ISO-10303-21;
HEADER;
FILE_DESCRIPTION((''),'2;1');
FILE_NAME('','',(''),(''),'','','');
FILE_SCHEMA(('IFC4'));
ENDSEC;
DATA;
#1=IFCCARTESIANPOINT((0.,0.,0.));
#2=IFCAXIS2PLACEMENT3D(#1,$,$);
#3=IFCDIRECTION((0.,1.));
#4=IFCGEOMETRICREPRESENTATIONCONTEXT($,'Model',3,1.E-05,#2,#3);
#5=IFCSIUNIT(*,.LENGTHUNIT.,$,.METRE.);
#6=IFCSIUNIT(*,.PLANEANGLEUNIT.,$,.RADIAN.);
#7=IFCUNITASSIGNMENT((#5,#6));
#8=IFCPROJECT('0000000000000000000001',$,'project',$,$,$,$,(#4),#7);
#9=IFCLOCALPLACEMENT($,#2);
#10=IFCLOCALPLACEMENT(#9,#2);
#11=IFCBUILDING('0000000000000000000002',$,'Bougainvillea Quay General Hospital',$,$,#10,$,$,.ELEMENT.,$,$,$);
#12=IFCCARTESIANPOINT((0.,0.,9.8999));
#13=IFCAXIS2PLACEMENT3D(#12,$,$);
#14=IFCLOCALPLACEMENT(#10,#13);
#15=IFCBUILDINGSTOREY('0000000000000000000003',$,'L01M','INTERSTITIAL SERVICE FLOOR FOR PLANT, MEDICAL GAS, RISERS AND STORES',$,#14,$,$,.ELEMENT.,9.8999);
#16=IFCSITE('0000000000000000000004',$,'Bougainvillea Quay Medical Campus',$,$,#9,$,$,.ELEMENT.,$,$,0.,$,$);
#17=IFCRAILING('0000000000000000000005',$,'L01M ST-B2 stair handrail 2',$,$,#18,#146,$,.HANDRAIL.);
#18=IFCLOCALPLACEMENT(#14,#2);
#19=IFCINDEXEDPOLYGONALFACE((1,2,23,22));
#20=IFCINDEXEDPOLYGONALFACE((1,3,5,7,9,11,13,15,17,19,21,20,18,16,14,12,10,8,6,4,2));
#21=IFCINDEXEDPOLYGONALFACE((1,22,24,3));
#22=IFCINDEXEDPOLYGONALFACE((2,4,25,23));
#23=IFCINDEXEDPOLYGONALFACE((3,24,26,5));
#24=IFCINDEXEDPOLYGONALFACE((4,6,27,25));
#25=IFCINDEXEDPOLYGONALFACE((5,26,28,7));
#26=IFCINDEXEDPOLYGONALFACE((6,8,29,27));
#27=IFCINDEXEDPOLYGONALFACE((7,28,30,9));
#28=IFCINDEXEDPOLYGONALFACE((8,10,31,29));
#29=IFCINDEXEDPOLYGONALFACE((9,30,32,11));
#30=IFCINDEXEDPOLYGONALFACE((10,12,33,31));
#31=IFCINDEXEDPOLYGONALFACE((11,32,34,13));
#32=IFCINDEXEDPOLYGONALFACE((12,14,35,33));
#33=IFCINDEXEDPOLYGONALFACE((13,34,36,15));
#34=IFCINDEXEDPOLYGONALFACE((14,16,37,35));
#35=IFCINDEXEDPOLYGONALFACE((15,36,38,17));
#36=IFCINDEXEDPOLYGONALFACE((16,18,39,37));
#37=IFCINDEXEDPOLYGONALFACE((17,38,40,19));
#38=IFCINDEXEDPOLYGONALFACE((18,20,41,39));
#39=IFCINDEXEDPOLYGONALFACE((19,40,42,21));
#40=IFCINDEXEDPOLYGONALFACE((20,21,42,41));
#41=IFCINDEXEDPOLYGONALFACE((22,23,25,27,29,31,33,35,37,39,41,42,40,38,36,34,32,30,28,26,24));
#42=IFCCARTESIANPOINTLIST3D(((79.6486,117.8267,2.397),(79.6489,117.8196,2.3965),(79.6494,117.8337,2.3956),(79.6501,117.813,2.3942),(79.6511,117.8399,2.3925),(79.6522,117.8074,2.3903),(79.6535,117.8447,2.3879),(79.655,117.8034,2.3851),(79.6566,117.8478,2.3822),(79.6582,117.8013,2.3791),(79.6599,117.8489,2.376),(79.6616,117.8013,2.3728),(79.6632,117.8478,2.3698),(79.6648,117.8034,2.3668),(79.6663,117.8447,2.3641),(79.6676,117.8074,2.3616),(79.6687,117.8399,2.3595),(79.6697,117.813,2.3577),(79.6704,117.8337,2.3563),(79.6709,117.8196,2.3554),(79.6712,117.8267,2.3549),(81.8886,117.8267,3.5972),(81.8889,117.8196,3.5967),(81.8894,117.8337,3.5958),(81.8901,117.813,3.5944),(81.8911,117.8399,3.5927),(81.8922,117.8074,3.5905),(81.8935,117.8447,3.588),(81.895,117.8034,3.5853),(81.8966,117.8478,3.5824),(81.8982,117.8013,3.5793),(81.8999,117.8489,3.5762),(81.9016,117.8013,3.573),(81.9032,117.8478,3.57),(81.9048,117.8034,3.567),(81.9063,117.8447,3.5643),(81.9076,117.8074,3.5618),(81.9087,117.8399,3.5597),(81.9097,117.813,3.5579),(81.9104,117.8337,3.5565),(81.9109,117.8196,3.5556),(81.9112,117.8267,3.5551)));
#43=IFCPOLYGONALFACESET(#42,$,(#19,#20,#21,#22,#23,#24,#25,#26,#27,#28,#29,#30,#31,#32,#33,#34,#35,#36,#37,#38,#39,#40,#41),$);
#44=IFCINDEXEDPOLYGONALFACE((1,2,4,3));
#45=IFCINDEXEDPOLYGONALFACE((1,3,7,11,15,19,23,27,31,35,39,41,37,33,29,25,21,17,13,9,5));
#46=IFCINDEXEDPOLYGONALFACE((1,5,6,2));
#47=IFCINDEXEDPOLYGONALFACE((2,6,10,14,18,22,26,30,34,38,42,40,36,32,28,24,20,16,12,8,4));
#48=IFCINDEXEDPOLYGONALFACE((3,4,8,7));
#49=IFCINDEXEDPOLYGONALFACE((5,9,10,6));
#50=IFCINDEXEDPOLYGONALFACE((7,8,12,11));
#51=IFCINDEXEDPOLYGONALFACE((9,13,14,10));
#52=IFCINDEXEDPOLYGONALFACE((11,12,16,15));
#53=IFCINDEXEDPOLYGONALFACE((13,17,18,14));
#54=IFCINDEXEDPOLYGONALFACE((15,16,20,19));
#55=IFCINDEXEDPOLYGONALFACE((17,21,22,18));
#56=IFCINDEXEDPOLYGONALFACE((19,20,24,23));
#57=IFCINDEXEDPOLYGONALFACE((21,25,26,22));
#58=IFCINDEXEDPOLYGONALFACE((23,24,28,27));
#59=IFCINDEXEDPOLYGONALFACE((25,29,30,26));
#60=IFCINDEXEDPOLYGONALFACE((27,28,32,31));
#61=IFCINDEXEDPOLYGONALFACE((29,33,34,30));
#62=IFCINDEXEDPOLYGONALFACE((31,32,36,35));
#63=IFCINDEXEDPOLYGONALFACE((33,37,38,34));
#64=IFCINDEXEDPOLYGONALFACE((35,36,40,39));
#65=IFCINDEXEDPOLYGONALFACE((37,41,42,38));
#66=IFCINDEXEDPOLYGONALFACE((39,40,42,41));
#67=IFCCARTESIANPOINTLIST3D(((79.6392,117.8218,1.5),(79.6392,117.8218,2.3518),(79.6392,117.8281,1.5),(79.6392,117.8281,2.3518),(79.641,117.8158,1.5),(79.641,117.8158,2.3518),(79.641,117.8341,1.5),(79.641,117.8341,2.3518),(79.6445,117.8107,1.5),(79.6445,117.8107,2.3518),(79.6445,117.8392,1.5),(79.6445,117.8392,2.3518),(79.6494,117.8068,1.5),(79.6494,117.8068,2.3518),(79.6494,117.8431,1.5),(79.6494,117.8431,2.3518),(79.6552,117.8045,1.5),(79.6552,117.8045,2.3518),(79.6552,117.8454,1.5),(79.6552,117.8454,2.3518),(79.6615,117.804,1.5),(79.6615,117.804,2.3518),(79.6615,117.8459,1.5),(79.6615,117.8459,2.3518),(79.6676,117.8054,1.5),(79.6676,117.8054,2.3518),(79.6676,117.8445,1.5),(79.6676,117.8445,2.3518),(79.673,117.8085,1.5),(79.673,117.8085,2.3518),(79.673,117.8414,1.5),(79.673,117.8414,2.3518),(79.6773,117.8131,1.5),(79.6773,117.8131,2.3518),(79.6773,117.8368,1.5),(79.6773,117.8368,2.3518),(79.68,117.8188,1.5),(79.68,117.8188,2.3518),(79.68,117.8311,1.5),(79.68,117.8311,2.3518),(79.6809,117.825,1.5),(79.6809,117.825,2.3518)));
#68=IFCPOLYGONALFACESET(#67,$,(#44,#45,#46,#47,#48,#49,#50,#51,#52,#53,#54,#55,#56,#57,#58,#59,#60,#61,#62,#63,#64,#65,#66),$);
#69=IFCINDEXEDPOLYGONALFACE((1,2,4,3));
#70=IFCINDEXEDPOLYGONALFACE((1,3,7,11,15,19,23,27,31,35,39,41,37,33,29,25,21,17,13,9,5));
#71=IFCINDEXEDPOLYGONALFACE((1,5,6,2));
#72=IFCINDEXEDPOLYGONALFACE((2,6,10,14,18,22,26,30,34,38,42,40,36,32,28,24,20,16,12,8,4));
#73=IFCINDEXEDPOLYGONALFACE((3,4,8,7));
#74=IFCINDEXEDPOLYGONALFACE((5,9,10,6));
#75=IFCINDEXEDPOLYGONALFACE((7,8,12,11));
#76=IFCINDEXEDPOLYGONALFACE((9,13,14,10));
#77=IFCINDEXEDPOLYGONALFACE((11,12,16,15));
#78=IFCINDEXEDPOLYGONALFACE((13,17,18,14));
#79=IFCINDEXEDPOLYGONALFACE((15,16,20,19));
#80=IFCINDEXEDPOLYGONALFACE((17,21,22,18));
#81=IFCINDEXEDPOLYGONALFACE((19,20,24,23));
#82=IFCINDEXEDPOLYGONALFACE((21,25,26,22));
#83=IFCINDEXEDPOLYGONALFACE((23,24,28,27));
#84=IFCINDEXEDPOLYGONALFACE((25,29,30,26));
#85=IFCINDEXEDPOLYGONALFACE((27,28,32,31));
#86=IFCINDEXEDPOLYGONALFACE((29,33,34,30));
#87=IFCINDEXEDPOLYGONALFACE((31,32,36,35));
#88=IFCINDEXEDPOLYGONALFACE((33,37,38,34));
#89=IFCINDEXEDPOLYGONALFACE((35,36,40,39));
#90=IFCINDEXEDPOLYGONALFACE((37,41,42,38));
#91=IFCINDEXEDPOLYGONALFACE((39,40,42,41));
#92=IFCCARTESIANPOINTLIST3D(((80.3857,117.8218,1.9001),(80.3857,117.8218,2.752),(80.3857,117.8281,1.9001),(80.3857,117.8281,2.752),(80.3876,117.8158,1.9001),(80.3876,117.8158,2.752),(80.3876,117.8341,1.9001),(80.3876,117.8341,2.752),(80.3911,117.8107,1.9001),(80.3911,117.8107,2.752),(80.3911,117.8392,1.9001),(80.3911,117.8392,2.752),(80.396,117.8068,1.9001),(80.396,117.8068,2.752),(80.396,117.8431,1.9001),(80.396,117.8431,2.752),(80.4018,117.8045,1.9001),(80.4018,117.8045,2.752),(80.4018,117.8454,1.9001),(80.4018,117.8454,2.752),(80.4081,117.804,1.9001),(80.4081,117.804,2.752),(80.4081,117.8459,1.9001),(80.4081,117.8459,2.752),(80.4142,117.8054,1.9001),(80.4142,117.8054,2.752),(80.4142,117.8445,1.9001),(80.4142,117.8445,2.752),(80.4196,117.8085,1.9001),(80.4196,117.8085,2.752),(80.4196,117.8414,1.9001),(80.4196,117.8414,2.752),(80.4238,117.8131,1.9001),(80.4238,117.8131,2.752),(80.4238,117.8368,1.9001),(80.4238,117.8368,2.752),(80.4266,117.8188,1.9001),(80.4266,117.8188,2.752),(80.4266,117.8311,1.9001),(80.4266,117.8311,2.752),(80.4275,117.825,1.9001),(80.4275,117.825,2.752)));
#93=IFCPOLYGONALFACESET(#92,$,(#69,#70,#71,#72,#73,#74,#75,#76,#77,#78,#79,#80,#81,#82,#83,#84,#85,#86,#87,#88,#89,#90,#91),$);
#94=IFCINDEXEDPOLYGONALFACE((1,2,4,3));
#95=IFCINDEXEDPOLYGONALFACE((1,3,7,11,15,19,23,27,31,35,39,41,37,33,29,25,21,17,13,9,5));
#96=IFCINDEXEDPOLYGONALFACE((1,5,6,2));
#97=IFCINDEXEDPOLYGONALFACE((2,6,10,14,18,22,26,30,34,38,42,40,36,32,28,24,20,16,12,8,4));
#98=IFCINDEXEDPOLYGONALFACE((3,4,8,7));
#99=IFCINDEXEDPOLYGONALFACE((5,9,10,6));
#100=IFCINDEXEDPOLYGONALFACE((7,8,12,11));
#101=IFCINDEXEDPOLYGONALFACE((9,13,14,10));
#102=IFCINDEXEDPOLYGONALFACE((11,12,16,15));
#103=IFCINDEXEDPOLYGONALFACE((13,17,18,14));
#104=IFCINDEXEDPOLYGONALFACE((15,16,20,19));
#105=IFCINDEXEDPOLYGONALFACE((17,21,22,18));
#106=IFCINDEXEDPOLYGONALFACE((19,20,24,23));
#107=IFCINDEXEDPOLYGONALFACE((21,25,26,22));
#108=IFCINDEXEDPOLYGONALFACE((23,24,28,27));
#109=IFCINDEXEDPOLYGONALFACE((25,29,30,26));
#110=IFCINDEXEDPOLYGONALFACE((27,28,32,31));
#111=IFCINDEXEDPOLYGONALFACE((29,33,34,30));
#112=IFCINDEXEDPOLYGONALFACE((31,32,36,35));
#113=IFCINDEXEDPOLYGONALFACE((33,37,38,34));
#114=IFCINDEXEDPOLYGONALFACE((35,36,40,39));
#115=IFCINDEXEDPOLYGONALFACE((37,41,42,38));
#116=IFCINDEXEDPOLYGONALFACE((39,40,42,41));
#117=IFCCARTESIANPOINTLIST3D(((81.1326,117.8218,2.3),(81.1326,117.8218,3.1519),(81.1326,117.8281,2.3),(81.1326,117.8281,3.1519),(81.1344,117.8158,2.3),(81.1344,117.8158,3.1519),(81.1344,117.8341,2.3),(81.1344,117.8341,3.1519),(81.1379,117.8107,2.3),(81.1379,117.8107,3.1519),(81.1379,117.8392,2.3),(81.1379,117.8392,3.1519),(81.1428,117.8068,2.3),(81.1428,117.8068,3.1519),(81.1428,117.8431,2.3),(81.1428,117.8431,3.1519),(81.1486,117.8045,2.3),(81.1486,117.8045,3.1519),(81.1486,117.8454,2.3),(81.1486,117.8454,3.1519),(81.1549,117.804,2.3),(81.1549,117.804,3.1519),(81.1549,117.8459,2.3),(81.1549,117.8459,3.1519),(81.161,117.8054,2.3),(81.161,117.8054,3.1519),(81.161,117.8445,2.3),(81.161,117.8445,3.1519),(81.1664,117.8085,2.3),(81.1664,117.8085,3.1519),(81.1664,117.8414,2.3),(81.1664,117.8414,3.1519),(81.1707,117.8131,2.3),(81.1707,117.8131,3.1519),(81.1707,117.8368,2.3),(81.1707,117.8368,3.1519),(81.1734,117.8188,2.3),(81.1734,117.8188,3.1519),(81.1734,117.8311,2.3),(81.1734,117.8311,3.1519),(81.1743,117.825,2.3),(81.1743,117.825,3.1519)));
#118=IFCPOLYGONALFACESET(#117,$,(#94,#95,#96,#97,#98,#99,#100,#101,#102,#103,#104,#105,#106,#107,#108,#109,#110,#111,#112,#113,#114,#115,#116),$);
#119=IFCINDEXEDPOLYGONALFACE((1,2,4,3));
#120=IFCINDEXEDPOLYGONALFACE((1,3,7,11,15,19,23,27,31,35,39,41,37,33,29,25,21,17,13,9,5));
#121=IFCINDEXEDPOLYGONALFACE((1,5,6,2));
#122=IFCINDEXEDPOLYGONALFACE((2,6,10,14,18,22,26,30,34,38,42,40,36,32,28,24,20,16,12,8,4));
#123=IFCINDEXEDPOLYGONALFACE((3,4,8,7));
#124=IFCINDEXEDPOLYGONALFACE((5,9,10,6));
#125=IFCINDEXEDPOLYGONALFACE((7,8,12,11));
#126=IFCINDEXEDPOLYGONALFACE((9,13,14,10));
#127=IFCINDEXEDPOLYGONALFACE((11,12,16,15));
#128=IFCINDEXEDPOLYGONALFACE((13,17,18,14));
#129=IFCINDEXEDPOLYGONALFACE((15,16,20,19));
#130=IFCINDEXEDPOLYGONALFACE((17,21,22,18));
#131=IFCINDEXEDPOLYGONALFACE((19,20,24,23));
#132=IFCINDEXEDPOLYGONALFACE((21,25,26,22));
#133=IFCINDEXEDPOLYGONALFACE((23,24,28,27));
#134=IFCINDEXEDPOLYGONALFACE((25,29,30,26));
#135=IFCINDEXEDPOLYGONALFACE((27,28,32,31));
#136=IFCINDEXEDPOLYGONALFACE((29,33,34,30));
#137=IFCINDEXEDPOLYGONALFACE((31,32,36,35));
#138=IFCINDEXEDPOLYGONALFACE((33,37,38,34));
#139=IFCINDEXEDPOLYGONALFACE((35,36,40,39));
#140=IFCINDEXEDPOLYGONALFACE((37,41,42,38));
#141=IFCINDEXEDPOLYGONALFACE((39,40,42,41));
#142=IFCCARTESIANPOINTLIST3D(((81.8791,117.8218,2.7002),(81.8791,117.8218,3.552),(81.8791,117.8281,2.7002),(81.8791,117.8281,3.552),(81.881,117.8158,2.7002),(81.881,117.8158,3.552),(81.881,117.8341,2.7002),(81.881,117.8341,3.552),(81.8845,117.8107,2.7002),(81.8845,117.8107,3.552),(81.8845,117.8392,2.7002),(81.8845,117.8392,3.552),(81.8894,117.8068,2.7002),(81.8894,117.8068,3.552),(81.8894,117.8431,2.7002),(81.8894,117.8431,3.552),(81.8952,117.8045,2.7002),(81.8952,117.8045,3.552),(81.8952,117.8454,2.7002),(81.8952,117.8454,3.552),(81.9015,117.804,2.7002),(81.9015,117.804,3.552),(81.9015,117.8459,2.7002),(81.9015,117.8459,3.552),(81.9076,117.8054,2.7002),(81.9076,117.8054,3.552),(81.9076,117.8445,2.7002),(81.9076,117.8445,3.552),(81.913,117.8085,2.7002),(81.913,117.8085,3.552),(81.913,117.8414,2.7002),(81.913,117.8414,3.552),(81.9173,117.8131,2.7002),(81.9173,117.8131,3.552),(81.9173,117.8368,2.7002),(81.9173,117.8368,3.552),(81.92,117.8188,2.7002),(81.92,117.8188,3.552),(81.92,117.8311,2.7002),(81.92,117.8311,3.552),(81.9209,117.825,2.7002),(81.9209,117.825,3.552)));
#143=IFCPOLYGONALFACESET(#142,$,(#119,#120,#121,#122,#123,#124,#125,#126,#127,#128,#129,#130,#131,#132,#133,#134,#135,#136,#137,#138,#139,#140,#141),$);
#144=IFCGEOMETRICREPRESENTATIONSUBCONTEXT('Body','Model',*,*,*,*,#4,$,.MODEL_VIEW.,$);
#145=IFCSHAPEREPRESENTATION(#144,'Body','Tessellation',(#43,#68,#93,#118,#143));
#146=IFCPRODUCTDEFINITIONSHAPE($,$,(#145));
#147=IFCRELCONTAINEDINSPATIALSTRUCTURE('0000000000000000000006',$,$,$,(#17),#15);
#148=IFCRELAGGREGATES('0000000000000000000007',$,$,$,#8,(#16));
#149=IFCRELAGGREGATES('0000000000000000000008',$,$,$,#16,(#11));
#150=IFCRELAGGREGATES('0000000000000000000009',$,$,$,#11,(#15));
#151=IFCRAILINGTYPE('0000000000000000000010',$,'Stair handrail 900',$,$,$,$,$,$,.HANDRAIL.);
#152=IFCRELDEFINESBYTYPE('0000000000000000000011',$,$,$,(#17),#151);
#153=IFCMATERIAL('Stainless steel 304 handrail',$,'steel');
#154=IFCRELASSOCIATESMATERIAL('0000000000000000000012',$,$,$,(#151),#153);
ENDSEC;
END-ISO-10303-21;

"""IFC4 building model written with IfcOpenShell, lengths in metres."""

from ifc_helpers import new_model, si_unit, direction, frame, origin, origin_2d, place, context, subcontext, project, spatial, circle, extrude, material, type_object, element, save


model = new_model("IFC4")

# Units and contexts
model_context = context("Model", 3, precision=1e-05, world=origin(), true_north=direction((0.0, 1.0)))
body_context = subcontext(model_context, "Body", "Model", "MODEL_VIEW")
ifc_project = project(units=[si_unit("LENGTHUNIT", "METRE"), si_unit("PLANEANGLEUNIT", "RADIAN")], contexts=[model_context])

# Site, building, storey
site_placement = place(None, origin())
site = spatial("IfcSite", under=ifc_project, at=site_placement, Name="Bougainvillea Quay Medical Campus", CompositionType="ELEMENT", RefElevation=0.0)
building_placement = place(site_placement, origin())
building = spatial("IfcBuilding", under=site, at=building_placement, Name="Bougainvillea Quay General Hospital", CompositionType="ELEMENT")
storey_placement = place(building_placement, frame((0.0, 0.0, 9.8999)))
storey = spatial("IfcBuildingStorey", under=building, at=storey_placement, Name="L01M", Description="INTERSTITIAL SERVICE FLOOR FOR PLANT, MEDICAL GAS, RISERS AND STORES", CompositionType="ELEMENT", Elevation=9.8999)

# Railing
ifc_material_1 = material(Name="Stainless steel 304 handrail", Category="steel")
railing_type_1 = type_object("IfcRailingType", Name="Stair handrail 900", PredefinedType="HANDRAIL", material=ifc_material_1)
railing_1_placement = place(storey_placement, frame((79.6599, 117.825, 1.5)))
element("IfcRailing", 1, at=railing_1_placement, inside=storey, type_object=railing_type_1, Name="L01M ST-B2 stair handrail 2", PredefinedType="HANDRAIL", context=body_context, shape_type="SweptSolid", body=[
    extrude(circle(Radius=0.0239, at=origin_2d()), frame((0.0, 0.0, 0.876), z_axis=(0.881447, 0.0, 0.472283), x_axis=(0.0, 1.0, 0.0)), (0.0, 0.0, 1.0), 2.5413),
    extrude(circle(Radius=0.021, at=origin_2d()), origin(), (0.0, 0.0, 1.0), 0.8518),
    extrude(circle(Radius=0.021, at=origin_2d()), frame((0.7466, 0.0, 0.4001)), (0.0, 0.0, 1.0), 0.8518),
    extrude(circle(Radius=0.021, at=origin_2d()), frame((1.4934, 0.0, 0.8)), (0.0, 0.0, 1.0), 0.8518),
    extrude(circle(Radius=0.021, at=origin_2d()), frame((2.24, 0.0, 1.2002)), (0.0, 0.0, 1.0), 0.8518),
])

save(model, "model.ifc")
